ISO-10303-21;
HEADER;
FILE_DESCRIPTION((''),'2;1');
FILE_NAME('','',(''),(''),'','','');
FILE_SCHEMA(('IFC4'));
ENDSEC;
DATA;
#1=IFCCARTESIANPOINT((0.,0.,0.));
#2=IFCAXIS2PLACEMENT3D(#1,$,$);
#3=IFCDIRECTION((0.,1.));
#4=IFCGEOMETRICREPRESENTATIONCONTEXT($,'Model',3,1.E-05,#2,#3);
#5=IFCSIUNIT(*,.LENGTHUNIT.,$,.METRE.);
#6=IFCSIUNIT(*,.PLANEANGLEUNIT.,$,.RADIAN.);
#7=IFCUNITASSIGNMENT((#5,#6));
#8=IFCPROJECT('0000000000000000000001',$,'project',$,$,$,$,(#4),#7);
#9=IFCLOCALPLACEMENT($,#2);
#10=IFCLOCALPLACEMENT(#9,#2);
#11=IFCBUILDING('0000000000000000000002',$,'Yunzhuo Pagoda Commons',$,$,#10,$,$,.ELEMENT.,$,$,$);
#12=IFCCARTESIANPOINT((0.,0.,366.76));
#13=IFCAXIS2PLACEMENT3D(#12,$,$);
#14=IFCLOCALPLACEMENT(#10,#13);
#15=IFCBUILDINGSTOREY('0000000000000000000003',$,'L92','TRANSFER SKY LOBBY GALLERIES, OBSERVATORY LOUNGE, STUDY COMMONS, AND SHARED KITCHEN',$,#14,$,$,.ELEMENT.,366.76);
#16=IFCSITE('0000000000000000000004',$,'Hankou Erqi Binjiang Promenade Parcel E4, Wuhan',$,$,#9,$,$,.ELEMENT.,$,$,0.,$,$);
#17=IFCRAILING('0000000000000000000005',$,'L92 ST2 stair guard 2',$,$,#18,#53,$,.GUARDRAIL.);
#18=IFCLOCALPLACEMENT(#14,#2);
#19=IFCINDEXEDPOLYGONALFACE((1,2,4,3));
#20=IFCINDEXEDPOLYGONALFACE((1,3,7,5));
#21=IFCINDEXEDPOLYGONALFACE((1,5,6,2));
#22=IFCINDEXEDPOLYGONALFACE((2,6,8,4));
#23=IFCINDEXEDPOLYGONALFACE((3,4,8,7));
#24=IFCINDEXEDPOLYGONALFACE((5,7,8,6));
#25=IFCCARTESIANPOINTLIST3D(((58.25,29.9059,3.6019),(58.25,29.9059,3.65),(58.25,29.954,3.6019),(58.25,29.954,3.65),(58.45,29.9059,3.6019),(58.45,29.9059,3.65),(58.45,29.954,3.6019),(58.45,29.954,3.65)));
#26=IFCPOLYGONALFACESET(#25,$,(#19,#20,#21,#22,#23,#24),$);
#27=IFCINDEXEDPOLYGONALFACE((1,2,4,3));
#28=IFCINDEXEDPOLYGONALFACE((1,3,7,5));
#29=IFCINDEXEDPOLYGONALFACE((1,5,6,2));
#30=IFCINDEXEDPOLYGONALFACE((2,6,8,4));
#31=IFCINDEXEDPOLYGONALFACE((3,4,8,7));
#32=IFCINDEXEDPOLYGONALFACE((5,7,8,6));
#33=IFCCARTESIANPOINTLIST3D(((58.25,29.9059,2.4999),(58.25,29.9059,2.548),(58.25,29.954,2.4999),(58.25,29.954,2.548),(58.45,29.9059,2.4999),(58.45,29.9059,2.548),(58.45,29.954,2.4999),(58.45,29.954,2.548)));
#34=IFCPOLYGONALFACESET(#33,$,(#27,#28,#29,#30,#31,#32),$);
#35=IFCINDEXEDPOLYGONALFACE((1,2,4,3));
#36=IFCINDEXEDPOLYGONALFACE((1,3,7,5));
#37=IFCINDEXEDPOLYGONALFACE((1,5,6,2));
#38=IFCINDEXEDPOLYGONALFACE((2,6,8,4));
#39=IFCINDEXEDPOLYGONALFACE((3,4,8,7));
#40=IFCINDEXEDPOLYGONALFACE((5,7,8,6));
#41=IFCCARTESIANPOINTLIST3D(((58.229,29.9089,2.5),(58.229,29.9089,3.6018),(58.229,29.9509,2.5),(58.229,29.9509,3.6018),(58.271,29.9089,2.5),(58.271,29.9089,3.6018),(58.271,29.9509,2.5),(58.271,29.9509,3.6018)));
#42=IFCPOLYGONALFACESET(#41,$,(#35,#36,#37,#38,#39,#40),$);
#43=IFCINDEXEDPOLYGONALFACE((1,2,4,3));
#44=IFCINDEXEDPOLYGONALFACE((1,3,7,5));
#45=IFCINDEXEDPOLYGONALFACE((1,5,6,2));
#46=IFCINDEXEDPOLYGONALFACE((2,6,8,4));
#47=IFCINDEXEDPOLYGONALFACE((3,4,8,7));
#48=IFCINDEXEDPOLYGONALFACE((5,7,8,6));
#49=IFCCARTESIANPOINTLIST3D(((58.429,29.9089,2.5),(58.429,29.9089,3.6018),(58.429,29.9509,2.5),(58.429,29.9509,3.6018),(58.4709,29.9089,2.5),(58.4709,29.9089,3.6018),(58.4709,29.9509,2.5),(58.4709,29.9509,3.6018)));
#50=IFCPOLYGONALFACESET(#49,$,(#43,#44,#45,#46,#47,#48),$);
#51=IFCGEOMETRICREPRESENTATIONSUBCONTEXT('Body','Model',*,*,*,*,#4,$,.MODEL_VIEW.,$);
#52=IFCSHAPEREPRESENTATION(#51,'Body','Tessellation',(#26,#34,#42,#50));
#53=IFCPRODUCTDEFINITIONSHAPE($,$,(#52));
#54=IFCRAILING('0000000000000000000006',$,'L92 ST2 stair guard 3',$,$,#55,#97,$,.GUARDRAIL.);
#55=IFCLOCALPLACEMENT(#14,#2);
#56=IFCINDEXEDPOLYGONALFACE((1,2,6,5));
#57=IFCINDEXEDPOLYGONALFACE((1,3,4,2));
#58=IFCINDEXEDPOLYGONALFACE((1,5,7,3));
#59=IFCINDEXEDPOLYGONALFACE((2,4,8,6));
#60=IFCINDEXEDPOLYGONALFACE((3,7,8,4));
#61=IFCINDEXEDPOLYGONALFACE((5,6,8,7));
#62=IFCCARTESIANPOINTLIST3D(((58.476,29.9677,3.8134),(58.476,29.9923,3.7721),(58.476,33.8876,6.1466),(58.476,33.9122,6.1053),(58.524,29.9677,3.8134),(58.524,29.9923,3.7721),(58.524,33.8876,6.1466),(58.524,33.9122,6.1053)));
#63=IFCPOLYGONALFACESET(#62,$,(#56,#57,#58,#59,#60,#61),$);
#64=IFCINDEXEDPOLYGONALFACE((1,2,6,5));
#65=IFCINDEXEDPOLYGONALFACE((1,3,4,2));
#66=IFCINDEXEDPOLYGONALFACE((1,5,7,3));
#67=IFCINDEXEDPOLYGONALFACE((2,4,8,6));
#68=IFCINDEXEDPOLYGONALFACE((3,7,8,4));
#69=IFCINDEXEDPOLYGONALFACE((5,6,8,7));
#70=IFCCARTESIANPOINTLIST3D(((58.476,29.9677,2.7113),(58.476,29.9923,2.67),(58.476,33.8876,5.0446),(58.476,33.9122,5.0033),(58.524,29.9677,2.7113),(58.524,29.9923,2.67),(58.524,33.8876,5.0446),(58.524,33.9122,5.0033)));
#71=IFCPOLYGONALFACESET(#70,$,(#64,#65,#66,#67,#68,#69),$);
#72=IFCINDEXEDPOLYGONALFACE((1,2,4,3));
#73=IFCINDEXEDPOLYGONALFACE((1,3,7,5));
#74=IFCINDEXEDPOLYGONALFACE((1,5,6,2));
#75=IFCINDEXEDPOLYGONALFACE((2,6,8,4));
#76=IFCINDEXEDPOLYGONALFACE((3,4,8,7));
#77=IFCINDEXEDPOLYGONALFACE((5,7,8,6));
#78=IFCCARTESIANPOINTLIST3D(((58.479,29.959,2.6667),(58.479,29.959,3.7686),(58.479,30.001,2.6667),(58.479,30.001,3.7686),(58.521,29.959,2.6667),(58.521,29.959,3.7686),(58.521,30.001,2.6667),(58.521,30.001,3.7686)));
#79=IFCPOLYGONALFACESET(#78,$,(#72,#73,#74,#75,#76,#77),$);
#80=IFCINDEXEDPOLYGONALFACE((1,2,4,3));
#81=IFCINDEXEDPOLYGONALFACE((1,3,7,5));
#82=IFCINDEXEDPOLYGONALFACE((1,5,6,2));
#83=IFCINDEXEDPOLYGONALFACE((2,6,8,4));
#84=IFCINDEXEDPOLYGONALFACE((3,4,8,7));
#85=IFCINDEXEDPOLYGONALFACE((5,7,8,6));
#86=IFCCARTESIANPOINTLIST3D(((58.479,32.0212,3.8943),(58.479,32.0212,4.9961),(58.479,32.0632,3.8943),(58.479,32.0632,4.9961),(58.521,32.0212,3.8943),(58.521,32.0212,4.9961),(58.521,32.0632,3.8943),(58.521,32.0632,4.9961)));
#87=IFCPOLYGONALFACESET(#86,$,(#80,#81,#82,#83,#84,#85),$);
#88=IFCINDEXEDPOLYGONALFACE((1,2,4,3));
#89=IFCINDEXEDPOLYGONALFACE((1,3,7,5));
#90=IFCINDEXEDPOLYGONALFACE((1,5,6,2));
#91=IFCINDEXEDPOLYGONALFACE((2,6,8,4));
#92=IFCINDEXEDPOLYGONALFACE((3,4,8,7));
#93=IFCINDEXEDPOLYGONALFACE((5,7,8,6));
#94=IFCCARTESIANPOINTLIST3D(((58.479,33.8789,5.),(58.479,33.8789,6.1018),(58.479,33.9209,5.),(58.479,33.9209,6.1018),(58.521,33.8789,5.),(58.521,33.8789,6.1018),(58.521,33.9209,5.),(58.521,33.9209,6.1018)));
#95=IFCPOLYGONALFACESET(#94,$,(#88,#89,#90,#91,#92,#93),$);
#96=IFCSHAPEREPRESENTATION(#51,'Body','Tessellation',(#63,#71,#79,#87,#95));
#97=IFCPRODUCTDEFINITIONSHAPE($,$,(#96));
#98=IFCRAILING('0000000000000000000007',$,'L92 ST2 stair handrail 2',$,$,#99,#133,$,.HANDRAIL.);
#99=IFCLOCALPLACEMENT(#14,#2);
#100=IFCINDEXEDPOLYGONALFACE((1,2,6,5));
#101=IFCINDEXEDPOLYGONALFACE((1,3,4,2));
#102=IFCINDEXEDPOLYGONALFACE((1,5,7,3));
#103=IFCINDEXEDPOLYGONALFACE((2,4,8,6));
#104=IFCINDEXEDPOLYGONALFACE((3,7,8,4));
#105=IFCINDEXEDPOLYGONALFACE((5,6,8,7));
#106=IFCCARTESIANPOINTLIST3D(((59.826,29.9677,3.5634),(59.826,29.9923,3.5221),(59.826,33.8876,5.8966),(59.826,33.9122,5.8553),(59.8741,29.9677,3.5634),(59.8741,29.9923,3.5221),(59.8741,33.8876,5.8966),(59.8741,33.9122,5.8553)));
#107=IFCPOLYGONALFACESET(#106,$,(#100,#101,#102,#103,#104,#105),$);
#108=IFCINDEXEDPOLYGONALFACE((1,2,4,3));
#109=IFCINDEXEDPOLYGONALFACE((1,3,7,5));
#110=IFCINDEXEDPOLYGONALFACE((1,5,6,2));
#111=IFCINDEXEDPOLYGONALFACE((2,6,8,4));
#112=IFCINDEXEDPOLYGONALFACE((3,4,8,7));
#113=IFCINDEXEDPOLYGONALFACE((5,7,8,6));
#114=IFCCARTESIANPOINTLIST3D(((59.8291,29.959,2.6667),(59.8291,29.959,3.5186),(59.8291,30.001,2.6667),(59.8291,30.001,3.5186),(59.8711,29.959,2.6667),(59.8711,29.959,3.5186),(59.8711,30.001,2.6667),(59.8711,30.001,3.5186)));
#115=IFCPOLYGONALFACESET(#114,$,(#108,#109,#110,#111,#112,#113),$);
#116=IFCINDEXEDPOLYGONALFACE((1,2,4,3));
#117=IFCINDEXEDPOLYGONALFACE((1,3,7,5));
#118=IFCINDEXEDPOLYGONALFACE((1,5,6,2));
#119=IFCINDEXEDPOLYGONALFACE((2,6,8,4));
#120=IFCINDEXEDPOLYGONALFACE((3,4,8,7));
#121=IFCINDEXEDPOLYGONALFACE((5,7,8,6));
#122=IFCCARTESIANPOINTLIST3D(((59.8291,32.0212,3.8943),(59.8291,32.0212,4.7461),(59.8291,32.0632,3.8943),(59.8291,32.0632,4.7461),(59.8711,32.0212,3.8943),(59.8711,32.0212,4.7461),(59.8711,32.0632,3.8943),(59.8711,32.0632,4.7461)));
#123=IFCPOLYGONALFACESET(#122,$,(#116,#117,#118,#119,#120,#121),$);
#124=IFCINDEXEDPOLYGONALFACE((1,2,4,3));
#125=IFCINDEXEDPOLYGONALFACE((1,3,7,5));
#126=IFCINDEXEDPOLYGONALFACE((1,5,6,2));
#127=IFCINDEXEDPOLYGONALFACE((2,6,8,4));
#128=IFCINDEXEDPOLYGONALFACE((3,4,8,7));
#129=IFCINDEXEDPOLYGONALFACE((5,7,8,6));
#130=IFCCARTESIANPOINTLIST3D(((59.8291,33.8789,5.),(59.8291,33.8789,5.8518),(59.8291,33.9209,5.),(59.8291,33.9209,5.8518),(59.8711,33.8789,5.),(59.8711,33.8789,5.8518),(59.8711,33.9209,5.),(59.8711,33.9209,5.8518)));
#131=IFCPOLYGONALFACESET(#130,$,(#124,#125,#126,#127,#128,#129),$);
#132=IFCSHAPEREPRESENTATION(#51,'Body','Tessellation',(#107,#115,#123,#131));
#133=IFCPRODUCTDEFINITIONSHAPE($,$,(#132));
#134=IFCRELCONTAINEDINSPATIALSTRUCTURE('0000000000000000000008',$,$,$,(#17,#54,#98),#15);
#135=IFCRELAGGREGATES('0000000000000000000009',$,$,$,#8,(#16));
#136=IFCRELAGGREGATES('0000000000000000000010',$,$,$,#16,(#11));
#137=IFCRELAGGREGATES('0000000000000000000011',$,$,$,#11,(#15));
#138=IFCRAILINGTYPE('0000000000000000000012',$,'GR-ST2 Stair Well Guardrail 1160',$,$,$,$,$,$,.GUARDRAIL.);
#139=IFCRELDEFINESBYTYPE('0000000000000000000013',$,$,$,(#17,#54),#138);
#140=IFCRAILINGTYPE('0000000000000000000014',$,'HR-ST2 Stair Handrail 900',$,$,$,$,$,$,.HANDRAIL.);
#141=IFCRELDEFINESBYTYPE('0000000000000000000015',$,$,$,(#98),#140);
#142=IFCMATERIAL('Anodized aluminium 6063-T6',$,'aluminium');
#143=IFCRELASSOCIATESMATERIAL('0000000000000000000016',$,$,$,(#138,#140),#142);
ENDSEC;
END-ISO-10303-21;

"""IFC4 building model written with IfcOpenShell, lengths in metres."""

from ifc_helpers import new_model, si_unit, direction, frame, origin, origin_2d, place, context, subcontext, project, spatial, rectangle, extrude, material, type_object, element, save


model = new_model("IFC4")

# Units and contexts
model_context = context("Model", 3, precision=1e-05, world=origin(), true_north=direction((0.0, 1.0)))
body_context = subcontext(model_context, "Body", "Model", "MODEL_VIEW")
ifc_project = project(units=[si_unit("LENGTHUNIT", "METRE"), si_unit("PLANEANGLEUNIT", "RADIAN")], contexts=[model_context])

# Site, building, storey
site_placement = place(None, origin())
site = spatial("IfcSite", under=ifc_project, at=site_placement, Name="Hankou Erqi Binjiang Promenade Parcel E4, Wuhan", CompositionType="ELEMENT", RefElevation=0.0)
building_placement = place(site_placement, origin())
building = spatial("IfcBuilding", under=site, at=building_placement, Name="Yunzhuo Pagoda Commons", CompositionType="ELEMENT")
storey_placement = place(building_placement, frame((0.0, 0.0, 366.76)))
storey = spatial("IfcBuildingStorey", under=building, at=storey_placement, Name="L92", Description="TRANSFER SKY LOBBY GALLERIES, OBSERVATORY LOUNGE, STUDY COMMONS, AND SHARED KITCHEN", CompositionType="ELEMENT", Elevation=366.76)

# Shared definitions
ifc_material_1 = material(Name="Anodized aluminium 6063-T6", Category="aluminium")

# Railings
railing_type_1 = type_object("IfcRailingType", Name="GR-ST2 Stair Well Guardrail 1160", PredefinedType="GUARDRAIL", material=ifc_material_1)
railing_1_placement = place(storey_placement, frame((58.25, 29.9299, 2.5)))
element("IfcRailing", 1, at=railing_1_placement, inside=storey, type_object=railing_type_1, Name="L92 ST2 stair guard 2", PredefinedType="GUARDRAIL", context=body_context, shape_type="SweptSolid", body=[
    extrude(rectangle(XDim=0.0481, YDim=0.0481, at=origin_2d()), frame((0.0, 0.0, 1.126), z_axis=(1.0, 0.0, 0.0), x_axis=(0.0, 1.0, 0.0)), (0.0, 0.0, 1.0), 0.2),
    extrude(rectangle(XDim=0.0481, YDim=0.0481, at=origin_2d()), frame((0.0, 0.0, 0.0239), z_axis=(1.0, 0.0, 0.0), x_axis=(0.0, 1.0, 0.0)), (0.0, 0.0, 1.0), 0.2),
    extrude(rectangle(XDim=0.042, YDim=0.042, at=origin_2d()), origin(), (0.0, 0.0, 1.0), 1.1018),
    extrude(rectangle(XDim=0.042, YDim=0.042, at=origin_2d()), frame((0.2, 0.0, 0.0)), (0.0, 0.0, 1.0), 1.1018),
])
railing_2_placement = place(storey_placement, frame((58.5, 29.98, 2.6667)))
element("IfcRailing", 2, at=railing_2_placement, inside=storey, type_object=railing_type_1, Name="L92 ST2 stair guard 3", PredefinedType="GUARDRAIL", context=body_context, shape_type="SweptSolid", body=[
    extrude(rectangle(XDim=0.0481, YDim=0.0481, at=origin_2d()), frame((0.0, 0.0, 1.126), z_axis=(0.0, 0.859296, 0.511478), x_axis=(-1.0, 0.0, 0.0)), (0.0, 0.0, 1.0), 4.5618),
    extrude(rectangle(XDim=0.0481, YDim=0.0481, at=origin_2d()), frame((0.0, 0.0, 0.0239), z_axis=(0.0, 0.859296, 0.511478), x_axis=(-1.0, 0.0, 0.0)), (0.0, 0.0, 1.0), 4.5618),
    extrude(rectangle(XDim=0.042, YDim=0.042, at=origin_2d()), origin(), (0.0, 0.0, 1.0), 1.1018),
    extrude(rectangle(XDim=0.042, YDim=0.042, at=origin_2d()), frame((0.0, 2.0623, 1.2275)), (0.0, 0.0, 1.0), 1.1018),
    extrude(rectangle(XDim=0.042, YDim=0.042, at=origin_2d()), frame((0.0, 3.9199, 2.3333)), (0.0, 0.0, 1.0), 1.1018),
])
railing_type_2 = type_object("IfcRailingType", Name="HR-ST2 Stair Handrail 900", PredefinedType="HANDRAIL", material=ifc_material_1)
railing_3_placement = place(storey_placement, frame((59.8501, 29.98, 2.6667)))
element("IfcRailing", 3, at=railing_3_placement, inside=storey, type_object=railing_type_2, Name="L92 ST2 stair handrail 2", PredefinedType="HANDRAIL", context=body_context, shape_type="SweptSolid", body=[
    extrude(rectangle(XDim=0.0481, YDim=0.0481, at=origin_2d()), frame((0.0, 0.0, 0.876), z_axis=(0.0, 0.859296, 0.511478), x_axis=(-1.0, 0.0, 0.0)), (0.0, 0.0, 1.0), 4.5618),
    extrude(rectangle(XDim=0.042, YDim=0.042, at=origin_2d()), origin(), (0.0, 0.0, 1.0), 0.8518),
    extrude(rectangle(XDim=0.042, YDim=0.042, at=origin_2d()), frame((0.0, 2.0623, 1.2275)), (0.0, 0.0, 1.0), 0.8518),
    extrude(rectangle(XDim=0.042, YDim=0.042, at=origin_2d()), frame((0.0, 3.9199, 2.3333)), (0.0, 0.0, 1.0), 0.8518),
])

save(model, "model.ifc")
